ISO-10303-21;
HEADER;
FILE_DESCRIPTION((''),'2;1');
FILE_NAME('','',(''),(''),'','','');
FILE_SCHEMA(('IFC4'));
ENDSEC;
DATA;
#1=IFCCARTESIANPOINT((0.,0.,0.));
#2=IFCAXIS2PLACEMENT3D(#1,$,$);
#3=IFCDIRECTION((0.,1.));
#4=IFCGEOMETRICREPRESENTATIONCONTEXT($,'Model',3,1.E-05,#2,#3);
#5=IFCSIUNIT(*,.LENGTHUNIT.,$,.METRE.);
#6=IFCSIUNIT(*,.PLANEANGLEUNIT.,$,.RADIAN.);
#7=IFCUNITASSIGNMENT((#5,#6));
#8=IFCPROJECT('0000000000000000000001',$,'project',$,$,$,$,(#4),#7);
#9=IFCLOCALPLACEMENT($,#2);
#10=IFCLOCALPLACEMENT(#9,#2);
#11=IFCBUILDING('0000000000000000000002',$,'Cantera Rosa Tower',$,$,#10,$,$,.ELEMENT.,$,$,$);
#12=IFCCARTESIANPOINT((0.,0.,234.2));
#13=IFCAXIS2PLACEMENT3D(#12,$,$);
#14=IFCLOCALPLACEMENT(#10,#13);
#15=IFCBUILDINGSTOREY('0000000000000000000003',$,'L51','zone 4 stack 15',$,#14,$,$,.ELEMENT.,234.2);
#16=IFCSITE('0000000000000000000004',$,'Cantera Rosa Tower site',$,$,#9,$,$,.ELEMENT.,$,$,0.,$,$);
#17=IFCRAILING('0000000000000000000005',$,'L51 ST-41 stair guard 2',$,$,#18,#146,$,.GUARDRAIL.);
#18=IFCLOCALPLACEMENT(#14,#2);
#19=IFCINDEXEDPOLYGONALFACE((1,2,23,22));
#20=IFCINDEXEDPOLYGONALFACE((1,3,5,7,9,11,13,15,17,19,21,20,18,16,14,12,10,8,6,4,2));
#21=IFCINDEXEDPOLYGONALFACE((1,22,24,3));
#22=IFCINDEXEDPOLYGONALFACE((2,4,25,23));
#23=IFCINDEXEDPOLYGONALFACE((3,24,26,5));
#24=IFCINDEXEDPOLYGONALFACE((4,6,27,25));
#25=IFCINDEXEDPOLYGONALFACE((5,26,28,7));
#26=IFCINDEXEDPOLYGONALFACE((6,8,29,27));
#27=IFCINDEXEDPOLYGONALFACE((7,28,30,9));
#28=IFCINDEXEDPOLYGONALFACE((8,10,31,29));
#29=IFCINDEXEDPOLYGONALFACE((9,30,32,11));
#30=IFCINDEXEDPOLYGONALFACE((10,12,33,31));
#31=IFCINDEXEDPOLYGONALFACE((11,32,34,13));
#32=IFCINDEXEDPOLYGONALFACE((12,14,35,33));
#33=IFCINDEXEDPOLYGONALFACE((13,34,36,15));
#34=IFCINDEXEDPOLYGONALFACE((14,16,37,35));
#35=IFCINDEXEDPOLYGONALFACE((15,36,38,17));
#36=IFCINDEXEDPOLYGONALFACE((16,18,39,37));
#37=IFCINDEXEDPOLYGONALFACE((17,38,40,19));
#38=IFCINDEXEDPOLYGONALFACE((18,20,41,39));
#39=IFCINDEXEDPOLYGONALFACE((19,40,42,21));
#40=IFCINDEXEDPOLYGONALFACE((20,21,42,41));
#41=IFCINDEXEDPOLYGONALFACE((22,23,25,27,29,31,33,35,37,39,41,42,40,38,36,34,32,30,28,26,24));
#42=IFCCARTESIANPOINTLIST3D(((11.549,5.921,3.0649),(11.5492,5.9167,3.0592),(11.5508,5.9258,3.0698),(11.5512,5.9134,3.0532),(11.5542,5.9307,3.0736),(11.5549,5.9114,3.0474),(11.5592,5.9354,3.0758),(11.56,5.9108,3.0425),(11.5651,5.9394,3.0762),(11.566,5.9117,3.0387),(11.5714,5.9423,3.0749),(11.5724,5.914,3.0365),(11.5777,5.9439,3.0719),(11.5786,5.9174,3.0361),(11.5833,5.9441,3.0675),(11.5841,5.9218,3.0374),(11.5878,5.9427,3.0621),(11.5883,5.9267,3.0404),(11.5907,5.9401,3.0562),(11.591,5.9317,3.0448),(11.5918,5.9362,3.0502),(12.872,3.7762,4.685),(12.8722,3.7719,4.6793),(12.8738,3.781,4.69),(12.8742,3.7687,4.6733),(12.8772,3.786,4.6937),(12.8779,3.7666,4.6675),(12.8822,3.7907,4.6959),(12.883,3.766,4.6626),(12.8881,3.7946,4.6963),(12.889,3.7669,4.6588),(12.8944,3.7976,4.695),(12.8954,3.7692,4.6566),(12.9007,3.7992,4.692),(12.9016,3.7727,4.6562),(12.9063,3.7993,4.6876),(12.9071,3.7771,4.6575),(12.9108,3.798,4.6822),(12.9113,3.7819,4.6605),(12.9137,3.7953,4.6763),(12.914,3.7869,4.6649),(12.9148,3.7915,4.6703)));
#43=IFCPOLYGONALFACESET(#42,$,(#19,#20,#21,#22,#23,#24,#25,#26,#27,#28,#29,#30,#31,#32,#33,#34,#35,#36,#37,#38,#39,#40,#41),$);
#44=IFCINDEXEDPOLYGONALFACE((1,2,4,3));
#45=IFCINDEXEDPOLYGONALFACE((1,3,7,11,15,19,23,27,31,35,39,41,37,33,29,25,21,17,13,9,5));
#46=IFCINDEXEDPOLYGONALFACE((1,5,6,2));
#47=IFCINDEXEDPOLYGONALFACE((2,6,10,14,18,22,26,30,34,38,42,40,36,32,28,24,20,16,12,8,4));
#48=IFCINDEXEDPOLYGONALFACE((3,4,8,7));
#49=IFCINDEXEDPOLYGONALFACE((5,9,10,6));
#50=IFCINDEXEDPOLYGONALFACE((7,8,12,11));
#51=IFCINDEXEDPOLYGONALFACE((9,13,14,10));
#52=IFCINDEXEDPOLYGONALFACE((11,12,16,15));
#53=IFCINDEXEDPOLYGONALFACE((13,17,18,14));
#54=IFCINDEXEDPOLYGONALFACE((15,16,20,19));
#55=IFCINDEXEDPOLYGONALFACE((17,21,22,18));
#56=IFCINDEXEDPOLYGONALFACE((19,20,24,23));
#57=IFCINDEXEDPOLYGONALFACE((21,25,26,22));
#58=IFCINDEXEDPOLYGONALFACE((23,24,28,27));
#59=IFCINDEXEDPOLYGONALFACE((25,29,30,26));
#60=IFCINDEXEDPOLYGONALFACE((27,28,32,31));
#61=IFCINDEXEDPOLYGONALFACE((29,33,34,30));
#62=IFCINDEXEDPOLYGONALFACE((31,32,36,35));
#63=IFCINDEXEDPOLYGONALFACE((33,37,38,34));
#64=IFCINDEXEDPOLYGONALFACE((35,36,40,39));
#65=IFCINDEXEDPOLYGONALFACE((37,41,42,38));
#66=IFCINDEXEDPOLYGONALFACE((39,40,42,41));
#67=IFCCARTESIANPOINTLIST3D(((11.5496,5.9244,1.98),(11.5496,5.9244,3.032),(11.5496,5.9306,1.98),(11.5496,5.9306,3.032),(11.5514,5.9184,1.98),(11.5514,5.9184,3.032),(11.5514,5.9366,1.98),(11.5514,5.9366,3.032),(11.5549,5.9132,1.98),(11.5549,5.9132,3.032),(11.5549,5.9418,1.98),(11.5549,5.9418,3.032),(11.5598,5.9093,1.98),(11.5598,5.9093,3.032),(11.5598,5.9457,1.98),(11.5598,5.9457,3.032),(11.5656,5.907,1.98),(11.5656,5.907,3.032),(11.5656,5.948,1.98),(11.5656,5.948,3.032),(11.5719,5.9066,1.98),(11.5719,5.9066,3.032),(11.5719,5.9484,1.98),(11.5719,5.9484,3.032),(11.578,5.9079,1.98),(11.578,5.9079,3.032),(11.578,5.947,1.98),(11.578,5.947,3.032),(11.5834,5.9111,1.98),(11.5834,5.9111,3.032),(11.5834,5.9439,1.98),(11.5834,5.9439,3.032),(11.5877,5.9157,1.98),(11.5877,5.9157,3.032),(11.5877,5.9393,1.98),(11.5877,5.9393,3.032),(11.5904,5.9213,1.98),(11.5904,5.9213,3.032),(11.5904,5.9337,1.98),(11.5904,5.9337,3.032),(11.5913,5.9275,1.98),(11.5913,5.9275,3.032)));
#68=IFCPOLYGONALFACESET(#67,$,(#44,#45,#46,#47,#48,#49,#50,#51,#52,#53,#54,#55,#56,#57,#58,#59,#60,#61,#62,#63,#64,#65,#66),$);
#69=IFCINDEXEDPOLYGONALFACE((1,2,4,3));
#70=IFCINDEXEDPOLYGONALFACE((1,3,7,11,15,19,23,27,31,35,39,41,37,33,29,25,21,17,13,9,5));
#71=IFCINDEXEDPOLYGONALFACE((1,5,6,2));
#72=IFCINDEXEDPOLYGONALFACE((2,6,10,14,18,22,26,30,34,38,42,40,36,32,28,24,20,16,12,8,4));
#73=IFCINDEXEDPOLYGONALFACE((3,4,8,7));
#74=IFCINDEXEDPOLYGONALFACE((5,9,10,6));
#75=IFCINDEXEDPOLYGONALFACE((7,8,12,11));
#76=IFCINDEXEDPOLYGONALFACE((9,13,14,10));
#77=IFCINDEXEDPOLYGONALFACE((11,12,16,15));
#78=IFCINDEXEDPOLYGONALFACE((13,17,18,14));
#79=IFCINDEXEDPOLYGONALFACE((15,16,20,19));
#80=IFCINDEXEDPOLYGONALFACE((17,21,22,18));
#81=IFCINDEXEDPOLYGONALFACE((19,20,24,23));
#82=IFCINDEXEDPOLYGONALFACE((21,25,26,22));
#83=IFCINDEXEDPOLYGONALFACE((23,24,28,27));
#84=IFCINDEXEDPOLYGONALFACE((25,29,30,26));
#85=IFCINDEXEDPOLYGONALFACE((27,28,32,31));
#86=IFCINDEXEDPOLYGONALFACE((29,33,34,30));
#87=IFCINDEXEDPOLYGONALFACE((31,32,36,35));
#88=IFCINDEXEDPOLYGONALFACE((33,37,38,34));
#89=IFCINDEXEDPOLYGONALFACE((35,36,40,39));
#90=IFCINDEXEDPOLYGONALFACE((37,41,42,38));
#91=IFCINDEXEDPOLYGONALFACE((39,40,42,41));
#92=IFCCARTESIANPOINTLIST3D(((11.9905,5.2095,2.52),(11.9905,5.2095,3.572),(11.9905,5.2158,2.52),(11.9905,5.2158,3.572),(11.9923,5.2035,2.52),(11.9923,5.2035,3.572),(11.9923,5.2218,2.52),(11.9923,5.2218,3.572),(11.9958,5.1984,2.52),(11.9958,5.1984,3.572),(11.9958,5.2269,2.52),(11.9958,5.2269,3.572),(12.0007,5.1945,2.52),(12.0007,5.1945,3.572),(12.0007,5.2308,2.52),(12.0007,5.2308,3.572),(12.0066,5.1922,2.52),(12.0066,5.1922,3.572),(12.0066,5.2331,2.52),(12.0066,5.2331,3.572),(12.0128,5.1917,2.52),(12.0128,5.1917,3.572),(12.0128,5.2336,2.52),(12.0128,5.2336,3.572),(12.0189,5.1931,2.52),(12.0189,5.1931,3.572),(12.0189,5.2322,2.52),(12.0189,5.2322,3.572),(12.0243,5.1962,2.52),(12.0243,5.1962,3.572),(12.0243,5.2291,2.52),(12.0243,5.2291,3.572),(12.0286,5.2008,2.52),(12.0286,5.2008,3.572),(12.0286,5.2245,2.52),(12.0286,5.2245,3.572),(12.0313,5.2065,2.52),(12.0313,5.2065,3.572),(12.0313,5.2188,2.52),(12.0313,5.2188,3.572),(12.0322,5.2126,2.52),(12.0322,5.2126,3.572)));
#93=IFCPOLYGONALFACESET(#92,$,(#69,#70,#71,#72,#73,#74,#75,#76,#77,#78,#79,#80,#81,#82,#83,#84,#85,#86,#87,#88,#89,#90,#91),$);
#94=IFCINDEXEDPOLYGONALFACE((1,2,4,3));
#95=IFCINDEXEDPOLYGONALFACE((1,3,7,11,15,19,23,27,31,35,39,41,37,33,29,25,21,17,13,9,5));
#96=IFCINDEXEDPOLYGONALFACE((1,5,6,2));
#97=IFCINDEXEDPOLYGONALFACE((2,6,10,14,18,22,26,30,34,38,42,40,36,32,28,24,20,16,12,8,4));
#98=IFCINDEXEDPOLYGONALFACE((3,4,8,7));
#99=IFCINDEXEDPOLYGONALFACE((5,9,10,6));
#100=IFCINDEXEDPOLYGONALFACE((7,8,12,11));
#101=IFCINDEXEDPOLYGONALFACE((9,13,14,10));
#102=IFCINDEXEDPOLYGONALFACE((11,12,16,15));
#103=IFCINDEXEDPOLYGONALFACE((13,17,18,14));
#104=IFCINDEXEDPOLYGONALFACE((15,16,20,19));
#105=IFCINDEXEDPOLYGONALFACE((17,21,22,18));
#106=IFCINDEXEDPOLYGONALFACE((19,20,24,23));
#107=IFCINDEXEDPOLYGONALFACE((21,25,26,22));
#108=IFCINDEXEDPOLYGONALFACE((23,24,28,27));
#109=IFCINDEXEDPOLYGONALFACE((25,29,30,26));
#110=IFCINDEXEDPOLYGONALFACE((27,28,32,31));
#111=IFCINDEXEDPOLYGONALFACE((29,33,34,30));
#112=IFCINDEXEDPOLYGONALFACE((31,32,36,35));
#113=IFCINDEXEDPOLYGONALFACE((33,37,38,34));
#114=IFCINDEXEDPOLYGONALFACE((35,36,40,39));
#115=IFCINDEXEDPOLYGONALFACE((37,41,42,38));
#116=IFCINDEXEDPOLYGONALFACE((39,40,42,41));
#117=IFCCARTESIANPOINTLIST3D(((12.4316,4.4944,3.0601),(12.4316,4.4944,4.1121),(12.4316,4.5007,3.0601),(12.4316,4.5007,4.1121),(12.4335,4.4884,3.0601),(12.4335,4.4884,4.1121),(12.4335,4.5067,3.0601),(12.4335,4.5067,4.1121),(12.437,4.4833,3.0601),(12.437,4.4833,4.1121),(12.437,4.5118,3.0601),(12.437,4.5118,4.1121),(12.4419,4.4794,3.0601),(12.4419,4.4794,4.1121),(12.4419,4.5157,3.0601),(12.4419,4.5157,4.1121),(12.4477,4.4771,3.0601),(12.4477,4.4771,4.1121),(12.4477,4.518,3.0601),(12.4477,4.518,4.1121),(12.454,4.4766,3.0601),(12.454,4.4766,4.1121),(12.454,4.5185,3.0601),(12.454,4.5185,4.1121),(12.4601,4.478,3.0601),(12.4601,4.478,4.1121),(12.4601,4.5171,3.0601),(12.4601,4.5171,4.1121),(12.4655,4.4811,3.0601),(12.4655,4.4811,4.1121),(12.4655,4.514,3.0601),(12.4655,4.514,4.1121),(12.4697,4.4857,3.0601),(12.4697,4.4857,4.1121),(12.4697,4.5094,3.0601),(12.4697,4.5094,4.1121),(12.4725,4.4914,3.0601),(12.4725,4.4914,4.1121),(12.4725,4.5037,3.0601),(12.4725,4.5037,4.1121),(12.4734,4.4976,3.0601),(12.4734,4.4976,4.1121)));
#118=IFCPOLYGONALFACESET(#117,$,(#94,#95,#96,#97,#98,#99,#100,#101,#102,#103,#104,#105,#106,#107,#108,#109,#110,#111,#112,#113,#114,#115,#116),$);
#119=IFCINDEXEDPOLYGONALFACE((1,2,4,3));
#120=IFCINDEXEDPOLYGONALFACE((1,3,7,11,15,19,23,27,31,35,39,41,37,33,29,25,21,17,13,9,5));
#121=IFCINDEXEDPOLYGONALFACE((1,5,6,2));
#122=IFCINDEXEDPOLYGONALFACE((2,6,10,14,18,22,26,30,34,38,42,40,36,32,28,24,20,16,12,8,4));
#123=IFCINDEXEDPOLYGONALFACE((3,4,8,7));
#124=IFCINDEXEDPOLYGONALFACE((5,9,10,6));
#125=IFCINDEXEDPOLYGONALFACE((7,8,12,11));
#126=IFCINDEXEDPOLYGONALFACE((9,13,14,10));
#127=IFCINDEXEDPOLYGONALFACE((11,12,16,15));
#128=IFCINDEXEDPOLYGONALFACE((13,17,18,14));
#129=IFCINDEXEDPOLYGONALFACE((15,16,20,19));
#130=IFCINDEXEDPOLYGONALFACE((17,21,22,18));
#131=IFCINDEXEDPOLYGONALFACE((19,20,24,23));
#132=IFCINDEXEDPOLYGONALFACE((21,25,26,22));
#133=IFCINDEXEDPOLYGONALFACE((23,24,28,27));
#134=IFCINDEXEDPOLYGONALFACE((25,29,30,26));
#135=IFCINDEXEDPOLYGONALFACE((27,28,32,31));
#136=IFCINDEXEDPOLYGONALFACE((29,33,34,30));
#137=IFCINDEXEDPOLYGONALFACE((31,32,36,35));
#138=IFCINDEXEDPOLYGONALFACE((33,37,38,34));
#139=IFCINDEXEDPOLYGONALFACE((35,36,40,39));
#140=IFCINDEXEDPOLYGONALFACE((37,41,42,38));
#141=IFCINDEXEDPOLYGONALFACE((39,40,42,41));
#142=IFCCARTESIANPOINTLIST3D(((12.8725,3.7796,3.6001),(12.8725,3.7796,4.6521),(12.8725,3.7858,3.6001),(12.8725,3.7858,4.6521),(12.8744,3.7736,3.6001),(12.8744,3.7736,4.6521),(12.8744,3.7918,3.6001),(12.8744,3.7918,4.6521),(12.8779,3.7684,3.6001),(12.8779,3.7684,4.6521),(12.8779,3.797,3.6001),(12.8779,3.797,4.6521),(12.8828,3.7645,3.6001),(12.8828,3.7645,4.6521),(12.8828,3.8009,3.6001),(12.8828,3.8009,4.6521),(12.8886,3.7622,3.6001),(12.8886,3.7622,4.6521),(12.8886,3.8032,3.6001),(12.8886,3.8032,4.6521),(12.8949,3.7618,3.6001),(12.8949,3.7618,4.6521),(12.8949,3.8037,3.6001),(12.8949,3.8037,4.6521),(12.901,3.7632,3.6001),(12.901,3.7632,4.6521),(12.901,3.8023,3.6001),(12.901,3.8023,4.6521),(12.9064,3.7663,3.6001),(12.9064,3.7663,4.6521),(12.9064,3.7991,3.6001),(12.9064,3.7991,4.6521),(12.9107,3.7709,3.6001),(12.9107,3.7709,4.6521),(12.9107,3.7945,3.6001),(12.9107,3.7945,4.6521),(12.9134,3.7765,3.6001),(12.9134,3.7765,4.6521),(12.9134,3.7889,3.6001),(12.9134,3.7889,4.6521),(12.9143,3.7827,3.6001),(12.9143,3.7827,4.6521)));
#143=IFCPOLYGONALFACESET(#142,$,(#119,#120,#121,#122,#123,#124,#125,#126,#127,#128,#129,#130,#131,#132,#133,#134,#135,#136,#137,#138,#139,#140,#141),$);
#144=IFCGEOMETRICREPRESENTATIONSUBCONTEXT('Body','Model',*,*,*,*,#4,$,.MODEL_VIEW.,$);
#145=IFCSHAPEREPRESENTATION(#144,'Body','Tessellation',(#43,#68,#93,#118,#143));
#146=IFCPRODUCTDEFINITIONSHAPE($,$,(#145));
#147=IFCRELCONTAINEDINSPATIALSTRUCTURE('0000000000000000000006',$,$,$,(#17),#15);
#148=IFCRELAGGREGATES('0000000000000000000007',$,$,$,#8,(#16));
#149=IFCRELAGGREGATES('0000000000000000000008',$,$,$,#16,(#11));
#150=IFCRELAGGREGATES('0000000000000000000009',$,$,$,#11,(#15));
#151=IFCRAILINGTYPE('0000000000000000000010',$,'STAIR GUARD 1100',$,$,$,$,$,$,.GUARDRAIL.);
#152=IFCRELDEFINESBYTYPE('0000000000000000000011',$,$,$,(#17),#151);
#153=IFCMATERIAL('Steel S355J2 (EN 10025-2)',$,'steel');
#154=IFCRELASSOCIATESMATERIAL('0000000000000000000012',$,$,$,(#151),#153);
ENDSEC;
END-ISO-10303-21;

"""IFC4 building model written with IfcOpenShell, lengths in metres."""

from ifc_helpers import new_model, si_unit, direction, frame, origin, origin_2d, place, context, subcontext, project, spatial, circle, extrude, material, type_object, element, save


model = new_model("IFC4")

# Units and contexts
model_context = context("Model", 3, precision=1e-05, world=origin(), true_north=direction((0.0, 1.0)))
body_context = subcontext(model_context, "Body", "Model", "MODEL_VIEW")
ifc_project = project(units=[si_unit("LENGTHUNIT", "METRE"), si_unit("PLANEANGLEUNIT", "RADIAN")], contexts=[model_context])

# Site, building, storey
site_placement = place(None, origin())
site = spatial("IfcSite", under=ifc_project, at=site_placement, Name="Cantera Rosa Tower site", CompositionType="ELEMENT", RefElevation=0.0)
building_placement = place(site_placement, origin())
building = spatial("IfcBuilding", under=site, at=building_placement, Name="Cantera Rosa Tower", CompositionType="ELEMENT")
storey_placement = place(building_placement, frame((0.0, 0.0, 234.2)))
storey = spatial("IfcBuildingStorey", under=building, at=storey_placement, Name="L51", Description="zone 4 stack 15", CompositionType="ELEMENT", Elevation=234.2)

# Railing
ifc_material_1 = material(Name="Steel S355J2 (EN 10025-2)", Category="steel")
railing_type_1 = type_object("IfcRailingType", Name="STAIR GUARD 1100", PredefinedType="GUARDRAIL", material=ifc_material_1)
railing_1_placement = place(storey_placement, frame((11.5703, 5.9275, 1.98)))
element("IfcRailing", 1, at=railing_1_placement, inside=storey, type_object=railing_type_1, Name="L51 ST-41 stair guard 2", PredefinedType="GUARDRAIL", context=body_context, shape_type="SweptSolid", body=[
    extrude(circle(Radius=0.0239, at=origin_2d()), frame((0.0, 0.0, 1.0762), z_axis=(0.441609, -0.715914, 0.540786), x_axis=(0.851102, 0.525, 0.0)), (0.0, 0.0, 1.0), 2.9958),
    extrude(circle(Radius=0.021, at=origin_2d()), origin(), (0.0, 0.0, 1.0), 1.052),
    extrude(circle(Radius=0.021, at=origin_2d()), frame((0.4409, -0.7148, 0.54)), (0.0, 0.0, 1.0), 1.052),
    extrude(circle(Radius=0.021, at=origin_2d()), frame((0.8821, -1.4299, 1.0801)), (0.0, 0.0, 1.0), 1.052),
    extrude(circle(Radius=0.021, at=origin_2d()), frame((1.323, -2.1448, 1.6201)), (0.0, 0.0, 1.0), 1.052),
])

save(model, "model.ifc")
